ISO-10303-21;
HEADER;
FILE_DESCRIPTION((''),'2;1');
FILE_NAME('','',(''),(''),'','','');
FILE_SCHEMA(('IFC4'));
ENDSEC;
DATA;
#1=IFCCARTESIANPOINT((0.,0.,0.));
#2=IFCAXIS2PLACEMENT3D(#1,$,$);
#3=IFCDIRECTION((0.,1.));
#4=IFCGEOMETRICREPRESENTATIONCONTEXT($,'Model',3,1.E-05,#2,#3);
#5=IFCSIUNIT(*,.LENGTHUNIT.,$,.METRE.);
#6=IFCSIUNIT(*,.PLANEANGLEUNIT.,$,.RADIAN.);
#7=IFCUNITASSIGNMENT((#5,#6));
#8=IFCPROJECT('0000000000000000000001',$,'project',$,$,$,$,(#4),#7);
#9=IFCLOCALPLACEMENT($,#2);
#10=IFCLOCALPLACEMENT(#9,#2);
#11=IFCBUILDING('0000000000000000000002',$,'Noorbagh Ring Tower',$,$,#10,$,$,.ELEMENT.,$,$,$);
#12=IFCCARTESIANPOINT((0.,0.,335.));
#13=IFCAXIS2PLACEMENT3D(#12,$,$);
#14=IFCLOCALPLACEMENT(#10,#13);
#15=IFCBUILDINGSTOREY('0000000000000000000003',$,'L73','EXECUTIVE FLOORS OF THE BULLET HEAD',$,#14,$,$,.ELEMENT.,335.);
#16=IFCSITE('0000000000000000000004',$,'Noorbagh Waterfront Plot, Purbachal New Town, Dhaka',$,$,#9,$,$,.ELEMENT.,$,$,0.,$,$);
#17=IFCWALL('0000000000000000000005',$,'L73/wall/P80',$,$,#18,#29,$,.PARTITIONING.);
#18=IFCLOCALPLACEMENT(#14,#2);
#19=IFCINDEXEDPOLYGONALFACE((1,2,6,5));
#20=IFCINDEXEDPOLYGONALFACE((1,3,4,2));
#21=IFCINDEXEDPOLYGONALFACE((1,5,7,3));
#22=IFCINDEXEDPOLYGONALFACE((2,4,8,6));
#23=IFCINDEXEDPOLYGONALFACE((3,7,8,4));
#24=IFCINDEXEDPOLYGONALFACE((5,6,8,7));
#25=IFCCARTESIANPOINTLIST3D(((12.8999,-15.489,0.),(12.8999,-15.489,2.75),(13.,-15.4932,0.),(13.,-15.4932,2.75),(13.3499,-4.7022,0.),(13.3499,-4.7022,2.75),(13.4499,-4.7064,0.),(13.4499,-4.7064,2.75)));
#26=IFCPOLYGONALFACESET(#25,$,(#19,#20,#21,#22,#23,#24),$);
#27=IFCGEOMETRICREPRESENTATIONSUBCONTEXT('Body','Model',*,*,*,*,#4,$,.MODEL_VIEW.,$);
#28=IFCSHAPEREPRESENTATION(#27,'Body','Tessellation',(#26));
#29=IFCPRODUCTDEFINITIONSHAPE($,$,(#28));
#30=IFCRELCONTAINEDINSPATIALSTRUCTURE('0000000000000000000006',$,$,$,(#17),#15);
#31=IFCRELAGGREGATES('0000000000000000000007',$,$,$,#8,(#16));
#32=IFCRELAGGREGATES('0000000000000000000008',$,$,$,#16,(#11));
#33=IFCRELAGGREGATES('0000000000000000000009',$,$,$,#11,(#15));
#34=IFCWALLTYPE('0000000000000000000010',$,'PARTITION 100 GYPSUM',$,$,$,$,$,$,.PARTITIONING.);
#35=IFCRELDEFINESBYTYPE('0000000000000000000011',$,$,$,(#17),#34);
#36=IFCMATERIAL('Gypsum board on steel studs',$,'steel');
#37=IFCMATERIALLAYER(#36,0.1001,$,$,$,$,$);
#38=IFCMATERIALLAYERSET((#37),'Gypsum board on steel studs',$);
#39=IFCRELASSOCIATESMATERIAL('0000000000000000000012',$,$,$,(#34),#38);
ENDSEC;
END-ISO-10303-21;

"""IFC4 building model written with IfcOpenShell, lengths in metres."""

from ifc_helpers import new_model, si_unit, direction, frame, frame_2d, origin, place, context, subcontext, project, spatial, rectangle, extrude, material, layer, layer_set, type_object, element, save


model = new_model("IFC4")

# Units and contexts
model_context = context("Model", 3, precision=1e-05, world=origin(), true_north=direction((0.0, 1.0)))
body_context = subcontext(model_context, "Body", "Model", "MODEL_VIEW")
ifc_project = project(units=[si_unit("LENGTHUNIT", "METRE"), si_unit("PLANEANGLEUNIT", "RADIAN")], contexts=[model_context])

# Site, building, storey
site_placement = place(None, origin())
site = spatial("IfcSite", under=ifc_project, at=site_placement, Name="Noorbagh Waterfront Plot, Purbachal New Town, Dhaka", CompositionType="ELEMENT", RefElevation=0.0)
building_placement = place(site_placement, origin())
building = spatial("IfcBuilding", under=site, at=building_placement, Name="Noorbagh Ring Tower", CompositionType="ELEMENT")
storey_placement = place(building_placement, frame((0.0, 0.0, 335.0)))
storey = spatial("IfcBuildingStorey", under=building, at=storey_placement, Name="L73", Description="EXECUTIVE FLOORS OF THE BULLET HEAD", CompositionType="ELEMENT", Elevation=335.0)

# Wall
ifc_material_1 = material(Name="Gypsum board on steel studs", Category="steel")
ifc_layer_1 = layer(ifc_material_1, 0.1001)
ifc_layer_set_1 = layer_set([ifc_layer_1], Name="Gypsum board on steel studs")
wall_type_1 = type_object("IfcWallType", Name="PARTITION 100 GYPSUM", PredefinedType="PARTITIONING", material=ifc_layer_set_1)
wall_1_placement = place(storey_placement, frame((12.95, -15.491, 0.0), z_axis=(0.0, 0.0, 1.0), x_axis=(0.041677, 0.999131, 0.0)))
element("IfcWall", 1, at=wall_1_placement, inside=storey, type_object=wall_type_1, Name="L73/wall/P80", PredefinedType="PARTITIONING", context=body_context, shape_type="SweptSolid", body=[
    extrude(rectangle(XDim=10.7961, YDim=0.1001, at=frame_2d((5.3979, 0.0))), origin(), (0.0, 0.0, 1.0), 2.75),
])

save(model, "model.ifc")
